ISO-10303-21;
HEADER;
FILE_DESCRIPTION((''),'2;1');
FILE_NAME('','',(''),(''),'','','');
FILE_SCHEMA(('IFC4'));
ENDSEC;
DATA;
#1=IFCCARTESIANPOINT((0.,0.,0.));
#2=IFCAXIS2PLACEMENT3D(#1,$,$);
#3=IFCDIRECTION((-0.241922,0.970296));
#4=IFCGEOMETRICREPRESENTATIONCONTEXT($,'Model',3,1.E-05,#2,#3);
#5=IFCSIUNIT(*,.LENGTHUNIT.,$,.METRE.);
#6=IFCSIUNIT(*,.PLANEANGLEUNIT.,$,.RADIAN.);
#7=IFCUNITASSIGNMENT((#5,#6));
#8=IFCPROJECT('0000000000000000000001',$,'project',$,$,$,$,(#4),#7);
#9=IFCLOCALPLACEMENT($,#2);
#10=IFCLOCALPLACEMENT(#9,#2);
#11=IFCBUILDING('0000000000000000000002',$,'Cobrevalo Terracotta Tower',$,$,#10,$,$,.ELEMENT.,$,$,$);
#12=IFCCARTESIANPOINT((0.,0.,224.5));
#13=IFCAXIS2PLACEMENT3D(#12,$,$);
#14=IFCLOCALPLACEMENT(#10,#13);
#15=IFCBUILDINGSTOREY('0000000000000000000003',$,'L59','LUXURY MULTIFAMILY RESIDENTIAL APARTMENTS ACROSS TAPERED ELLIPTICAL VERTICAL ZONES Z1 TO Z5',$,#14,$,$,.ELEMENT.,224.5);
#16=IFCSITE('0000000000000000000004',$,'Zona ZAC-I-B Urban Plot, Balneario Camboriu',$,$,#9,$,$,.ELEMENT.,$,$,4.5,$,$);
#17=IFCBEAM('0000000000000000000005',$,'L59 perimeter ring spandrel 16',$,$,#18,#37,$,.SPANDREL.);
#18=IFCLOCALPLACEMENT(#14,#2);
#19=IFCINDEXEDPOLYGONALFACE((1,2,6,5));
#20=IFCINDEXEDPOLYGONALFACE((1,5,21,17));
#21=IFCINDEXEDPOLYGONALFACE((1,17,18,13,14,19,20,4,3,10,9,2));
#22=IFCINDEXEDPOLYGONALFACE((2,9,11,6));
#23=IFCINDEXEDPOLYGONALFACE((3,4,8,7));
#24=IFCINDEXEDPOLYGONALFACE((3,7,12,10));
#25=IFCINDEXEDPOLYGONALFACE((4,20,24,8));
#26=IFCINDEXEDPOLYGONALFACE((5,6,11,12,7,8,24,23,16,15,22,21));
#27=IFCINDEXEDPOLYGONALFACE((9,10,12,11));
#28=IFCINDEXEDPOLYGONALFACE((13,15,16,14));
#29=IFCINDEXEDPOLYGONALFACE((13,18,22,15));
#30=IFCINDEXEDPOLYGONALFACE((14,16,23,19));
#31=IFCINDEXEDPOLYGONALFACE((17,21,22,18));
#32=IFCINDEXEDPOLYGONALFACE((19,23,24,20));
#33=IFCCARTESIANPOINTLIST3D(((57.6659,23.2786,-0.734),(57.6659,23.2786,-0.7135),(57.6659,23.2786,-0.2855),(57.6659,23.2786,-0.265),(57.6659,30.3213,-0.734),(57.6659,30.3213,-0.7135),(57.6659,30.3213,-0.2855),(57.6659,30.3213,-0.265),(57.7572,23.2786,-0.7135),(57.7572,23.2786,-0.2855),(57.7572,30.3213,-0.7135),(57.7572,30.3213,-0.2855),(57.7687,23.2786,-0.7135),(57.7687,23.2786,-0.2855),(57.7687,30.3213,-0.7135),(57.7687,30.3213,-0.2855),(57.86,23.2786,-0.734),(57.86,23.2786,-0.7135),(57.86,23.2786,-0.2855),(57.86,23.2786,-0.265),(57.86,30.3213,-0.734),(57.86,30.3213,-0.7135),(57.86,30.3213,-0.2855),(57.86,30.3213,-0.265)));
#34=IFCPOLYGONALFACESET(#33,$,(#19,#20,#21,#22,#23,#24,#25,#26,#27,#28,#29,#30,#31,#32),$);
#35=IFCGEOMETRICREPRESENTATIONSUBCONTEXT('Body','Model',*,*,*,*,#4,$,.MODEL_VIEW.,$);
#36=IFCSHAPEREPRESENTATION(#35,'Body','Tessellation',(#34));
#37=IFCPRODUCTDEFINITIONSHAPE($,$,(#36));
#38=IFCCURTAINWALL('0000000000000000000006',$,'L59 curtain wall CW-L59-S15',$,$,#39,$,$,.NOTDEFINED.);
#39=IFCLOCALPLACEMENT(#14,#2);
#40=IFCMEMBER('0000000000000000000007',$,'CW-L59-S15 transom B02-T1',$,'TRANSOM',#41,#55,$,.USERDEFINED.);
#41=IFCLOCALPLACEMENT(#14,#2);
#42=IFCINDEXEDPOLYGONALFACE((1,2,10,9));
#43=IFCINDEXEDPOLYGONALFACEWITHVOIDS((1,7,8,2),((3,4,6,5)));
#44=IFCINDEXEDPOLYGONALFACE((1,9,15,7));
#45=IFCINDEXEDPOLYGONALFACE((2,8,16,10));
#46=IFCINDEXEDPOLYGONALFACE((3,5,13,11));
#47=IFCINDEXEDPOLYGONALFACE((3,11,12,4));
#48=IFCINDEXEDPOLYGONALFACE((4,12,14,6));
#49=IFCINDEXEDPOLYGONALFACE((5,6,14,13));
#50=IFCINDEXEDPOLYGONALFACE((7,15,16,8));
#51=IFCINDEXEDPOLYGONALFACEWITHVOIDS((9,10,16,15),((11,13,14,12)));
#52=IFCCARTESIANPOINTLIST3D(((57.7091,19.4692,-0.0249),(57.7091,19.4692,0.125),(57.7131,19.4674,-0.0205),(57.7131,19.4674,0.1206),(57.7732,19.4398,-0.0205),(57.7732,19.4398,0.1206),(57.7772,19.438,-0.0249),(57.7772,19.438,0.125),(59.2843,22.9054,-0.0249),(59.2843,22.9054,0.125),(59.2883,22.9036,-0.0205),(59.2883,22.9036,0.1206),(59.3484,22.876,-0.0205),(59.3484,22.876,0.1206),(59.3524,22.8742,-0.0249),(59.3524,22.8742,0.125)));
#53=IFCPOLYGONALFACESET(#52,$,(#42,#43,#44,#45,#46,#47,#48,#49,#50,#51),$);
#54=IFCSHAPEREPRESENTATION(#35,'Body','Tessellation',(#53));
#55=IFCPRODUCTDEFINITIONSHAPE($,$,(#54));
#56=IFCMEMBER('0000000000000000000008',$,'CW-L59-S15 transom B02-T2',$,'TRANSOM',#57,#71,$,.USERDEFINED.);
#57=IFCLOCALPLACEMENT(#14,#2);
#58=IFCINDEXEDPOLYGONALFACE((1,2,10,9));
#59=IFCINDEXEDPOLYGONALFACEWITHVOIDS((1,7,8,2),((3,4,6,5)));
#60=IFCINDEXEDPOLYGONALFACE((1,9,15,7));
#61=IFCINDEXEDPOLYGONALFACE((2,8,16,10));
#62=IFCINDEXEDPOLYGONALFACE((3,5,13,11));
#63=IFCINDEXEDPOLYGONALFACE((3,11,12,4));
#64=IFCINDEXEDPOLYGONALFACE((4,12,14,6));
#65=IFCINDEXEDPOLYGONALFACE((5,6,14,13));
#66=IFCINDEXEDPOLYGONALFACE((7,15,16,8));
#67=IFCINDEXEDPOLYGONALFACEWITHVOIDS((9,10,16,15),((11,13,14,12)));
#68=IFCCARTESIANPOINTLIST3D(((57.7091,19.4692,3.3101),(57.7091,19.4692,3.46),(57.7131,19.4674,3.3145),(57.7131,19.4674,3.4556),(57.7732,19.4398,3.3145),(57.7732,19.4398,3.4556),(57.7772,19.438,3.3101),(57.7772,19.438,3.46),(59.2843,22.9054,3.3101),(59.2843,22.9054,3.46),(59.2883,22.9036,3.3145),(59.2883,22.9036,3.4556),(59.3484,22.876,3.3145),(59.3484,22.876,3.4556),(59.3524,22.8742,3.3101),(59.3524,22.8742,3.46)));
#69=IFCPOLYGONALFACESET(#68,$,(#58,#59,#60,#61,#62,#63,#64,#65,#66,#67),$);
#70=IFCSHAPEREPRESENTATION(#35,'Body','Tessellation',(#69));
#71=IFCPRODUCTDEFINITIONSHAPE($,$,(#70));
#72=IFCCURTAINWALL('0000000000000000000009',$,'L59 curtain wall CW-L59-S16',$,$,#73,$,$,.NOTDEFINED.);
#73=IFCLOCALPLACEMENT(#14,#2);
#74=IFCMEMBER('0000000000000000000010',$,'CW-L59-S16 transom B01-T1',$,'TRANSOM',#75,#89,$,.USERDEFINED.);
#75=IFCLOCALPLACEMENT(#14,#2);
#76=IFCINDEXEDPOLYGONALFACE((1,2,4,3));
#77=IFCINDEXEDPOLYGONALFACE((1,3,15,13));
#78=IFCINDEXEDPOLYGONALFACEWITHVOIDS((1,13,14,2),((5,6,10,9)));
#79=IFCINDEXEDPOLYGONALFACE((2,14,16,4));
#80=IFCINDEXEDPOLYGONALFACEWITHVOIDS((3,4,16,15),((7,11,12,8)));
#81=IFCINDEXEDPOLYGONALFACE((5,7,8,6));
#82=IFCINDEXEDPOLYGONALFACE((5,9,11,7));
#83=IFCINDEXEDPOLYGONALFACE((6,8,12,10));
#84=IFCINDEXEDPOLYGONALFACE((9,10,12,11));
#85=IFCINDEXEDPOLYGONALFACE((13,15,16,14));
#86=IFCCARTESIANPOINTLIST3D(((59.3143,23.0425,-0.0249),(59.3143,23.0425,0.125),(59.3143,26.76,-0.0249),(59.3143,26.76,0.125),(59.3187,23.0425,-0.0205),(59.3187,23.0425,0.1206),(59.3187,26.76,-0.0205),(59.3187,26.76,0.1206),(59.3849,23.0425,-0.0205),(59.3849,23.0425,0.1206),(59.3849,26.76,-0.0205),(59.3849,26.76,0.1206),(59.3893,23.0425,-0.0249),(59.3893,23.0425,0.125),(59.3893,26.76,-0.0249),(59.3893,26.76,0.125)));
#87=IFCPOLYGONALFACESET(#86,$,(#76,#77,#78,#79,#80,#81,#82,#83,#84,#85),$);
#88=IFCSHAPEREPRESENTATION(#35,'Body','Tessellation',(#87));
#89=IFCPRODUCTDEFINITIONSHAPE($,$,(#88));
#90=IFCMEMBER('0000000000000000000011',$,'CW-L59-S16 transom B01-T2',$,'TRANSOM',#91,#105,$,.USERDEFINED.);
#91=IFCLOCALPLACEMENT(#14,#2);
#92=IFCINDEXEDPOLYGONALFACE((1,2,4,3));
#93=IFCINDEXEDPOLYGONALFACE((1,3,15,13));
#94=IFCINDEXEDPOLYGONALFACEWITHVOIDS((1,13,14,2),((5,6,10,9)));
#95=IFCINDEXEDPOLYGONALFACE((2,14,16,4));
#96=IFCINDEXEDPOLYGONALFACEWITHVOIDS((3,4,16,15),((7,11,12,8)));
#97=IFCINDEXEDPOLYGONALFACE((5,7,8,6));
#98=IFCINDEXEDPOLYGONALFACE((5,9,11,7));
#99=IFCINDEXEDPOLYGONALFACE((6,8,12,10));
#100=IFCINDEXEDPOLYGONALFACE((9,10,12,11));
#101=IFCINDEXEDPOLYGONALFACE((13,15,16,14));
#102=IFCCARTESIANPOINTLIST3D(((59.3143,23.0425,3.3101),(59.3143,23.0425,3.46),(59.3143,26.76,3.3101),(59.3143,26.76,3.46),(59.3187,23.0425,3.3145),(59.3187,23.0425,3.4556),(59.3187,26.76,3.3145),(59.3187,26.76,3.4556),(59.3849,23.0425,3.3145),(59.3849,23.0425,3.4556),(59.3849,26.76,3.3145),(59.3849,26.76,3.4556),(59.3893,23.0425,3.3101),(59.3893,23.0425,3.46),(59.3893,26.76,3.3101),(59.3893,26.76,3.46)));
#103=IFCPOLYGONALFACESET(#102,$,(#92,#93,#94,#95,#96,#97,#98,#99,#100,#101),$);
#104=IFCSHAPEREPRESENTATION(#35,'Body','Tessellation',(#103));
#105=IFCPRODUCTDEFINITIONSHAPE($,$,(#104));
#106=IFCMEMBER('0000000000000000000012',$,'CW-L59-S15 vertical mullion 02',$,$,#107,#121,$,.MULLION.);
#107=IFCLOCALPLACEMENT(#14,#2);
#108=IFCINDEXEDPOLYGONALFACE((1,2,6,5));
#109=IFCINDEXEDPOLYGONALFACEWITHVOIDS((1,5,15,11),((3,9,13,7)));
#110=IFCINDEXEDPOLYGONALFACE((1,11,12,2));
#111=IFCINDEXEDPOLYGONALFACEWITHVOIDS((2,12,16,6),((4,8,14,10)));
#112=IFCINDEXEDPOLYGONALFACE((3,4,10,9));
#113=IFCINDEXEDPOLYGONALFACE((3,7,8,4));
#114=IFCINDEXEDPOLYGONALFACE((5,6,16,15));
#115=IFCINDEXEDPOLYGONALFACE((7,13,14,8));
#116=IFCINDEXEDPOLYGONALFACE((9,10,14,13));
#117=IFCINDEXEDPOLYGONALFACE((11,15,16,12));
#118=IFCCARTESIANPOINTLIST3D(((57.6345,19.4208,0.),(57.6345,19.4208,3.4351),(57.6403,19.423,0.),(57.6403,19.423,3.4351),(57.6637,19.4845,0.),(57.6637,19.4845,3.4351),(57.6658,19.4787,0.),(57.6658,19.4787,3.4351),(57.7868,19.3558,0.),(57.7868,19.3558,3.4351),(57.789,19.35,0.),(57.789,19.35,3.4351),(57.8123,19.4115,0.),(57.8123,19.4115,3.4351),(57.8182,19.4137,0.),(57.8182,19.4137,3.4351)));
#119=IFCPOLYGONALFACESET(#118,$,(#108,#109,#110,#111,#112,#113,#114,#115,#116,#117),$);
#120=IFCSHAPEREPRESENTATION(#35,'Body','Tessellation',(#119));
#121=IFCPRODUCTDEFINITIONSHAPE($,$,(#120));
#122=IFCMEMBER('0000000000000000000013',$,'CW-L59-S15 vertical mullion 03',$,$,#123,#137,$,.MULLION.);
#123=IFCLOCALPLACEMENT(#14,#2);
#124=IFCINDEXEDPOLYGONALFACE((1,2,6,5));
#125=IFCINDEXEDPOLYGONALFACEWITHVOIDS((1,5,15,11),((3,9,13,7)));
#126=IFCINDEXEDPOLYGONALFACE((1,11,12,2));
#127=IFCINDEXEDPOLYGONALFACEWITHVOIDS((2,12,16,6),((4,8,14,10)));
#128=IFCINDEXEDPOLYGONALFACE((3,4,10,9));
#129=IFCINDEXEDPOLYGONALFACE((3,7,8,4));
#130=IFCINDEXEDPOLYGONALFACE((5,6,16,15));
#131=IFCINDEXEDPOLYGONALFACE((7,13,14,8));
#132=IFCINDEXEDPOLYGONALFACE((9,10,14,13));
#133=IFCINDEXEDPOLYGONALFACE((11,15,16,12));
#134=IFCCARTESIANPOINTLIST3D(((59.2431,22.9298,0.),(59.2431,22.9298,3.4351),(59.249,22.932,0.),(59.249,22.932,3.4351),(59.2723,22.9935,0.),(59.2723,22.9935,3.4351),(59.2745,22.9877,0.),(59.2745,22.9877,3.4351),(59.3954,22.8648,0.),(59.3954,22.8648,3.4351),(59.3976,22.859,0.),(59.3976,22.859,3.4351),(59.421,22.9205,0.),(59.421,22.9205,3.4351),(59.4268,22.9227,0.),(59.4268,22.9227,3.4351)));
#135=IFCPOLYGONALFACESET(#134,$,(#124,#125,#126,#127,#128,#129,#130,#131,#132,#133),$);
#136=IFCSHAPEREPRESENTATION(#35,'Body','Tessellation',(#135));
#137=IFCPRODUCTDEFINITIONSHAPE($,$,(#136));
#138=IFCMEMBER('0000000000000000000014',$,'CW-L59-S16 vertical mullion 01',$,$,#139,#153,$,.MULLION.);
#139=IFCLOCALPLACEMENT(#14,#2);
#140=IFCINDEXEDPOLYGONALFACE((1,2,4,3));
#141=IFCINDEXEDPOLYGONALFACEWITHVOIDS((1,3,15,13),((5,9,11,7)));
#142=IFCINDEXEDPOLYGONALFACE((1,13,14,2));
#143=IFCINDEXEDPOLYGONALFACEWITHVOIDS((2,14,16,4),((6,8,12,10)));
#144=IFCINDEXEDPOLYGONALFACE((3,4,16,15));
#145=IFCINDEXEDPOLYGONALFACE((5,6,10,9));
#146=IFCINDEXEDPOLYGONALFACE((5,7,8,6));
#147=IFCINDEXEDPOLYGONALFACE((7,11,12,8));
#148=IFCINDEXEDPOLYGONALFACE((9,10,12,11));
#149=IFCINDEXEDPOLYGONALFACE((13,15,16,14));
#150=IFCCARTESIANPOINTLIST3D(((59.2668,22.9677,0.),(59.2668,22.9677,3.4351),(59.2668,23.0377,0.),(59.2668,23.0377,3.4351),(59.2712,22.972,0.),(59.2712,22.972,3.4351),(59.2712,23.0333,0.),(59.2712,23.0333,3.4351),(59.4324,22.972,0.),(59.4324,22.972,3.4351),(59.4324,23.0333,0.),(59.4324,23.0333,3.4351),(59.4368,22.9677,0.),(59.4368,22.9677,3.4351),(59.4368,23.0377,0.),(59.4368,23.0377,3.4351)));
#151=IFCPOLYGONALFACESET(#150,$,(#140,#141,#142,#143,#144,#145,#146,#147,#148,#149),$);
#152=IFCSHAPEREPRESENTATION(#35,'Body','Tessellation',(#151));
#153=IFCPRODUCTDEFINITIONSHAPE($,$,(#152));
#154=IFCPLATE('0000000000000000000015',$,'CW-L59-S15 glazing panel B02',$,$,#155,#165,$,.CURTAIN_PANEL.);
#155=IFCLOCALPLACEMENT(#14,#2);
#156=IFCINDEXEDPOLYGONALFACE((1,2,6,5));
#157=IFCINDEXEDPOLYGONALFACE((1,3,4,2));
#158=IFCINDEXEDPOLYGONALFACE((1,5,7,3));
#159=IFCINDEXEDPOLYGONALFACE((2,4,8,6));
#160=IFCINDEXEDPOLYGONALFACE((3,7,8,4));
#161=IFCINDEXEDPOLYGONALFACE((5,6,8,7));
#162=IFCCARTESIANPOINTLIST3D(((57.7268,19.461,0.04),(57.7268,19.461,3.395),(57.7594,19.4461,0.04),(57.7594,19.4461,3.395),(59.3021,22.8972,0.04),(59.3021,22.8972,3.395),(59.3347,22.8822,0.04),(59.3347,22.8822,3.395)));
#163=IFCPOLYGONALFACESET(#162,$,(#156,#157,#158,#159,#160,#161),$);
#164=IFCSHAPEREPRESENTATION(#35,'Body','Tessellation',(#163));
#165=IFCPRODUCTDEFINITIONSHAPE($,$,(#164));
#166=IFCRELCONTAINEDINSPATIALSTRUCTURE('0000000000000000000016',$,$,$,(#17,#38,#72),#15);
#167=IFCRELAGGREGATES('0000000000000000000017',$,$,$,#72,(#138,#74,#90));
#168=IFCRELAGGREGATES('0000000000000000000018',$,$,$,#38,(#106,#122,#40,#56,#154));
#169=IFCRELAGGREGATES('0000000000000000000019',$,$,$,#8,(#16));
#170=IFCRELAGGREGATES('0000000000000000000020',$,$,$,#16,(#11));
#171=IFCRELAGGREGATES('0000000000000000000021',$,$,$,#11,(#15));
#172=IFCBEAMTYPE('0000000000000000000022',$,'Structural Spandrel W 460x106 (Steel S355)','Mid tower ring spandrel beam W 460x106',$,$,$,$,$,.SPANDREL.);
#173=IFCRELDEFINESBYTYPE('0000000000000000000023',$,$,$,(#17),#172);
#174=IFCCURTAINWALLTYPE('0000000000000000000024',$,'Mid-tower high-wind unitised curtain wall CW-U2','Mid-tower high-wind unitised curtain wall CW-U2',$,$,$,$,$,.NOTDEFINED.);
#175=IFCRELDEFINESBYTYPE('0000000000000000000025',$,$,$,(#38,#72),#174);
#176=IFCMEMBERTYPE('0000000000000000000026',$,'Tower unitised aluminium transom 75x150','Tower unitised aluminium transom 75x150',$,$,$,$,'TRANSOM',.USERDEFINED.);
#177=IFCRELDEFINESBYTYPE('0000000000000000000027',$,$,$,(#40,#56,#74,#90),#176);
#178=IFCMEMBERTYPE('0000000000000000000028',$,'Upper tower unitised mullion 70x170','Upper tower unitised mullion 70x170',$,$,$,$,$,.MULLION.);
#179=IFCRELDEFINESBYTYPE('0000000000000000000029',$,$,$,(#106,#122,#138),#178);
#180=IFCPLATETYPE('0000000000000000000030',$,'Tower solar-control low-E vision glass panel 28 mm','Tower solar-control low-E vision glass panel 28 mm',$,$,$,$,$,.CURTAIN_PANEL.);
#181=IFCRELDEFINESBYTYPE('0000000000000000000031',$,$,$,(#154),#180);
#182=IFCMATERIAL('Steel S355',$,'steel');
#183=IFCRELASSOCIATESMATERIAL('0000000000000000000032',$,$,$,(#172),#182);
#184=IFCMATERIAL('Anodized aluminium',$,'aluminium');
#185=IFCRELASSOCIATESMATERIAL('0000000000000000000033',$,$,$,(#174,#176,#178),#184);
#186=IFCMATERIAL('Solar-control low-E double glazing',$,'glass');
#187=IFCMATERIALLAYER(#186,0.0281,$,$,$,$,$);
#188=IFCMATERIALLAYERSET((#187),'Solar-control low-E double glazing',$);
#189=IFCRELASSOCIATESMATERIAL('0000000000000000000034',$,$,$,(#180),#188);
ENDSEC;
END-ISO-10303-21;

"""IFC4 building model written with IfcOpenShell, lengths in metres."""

from ifc_helpers import new_model, si_unit, direction, frame, origin, origin_2d, place, context, subcontext, project, spatial, rectangle, hollow_rectangle, i_section, extrude, source, transform, mapped, material, layer, layer_set, material_profile, profile_set, type_object, element, aggregate, save


model = new_model("IFC4")

# Units and contexts
model_context = context("Model", 3, precision=1e-05, world=origin(), true_north=direction((-0.241922, 0.970296)))
body_context = subcontext(model_context, "Body", "Model", "MODEL_VIEW")
ifc_project = project(units=[si_unit("LENGTHUNIT", "METRE"), si_unit("PLANEANGLEUNIT", "RADIAN")], contexts=[model_context])

# Site, building, storey
site_placement = place(None, origin())
site = spatial("IfcSite", under=ifc_project, at=site_placement, Name="Zona ZAC-I-B Urban Plot, Balneario Camboriu", CompositionType="ELEMENT", RefElevation=4.5)
building_placement = place(site_placement, origin())
building = spatial("IfcBuilding", under=site, at=building_placement, Name="Cobrevalo Terracotta Tower", CompositionType="ELEMENT")
storey_placement = place(building_placement, frame((0.0, 0.0, 224.5)))
storey = spatial("IfcBuildingStorey", under=building, at=storey_placement, Name="L59", Description="LUXURY MULTIFAMILY RESIDENTIAL APARTMENTS ACROSS TAPERED ELLIPTICAL VERTICAL ZONES Z1 TO Z5", CompositionType="ELEMENT", Elevation=224.5)

# Shared definitions
ifc_material_1 = material(Name="Steel S355", Category="steel")

# Beam
ifc_material_profile_1 = material_profile(ifc_material_1, i_section(OverallWidth=0.1941, OverallDepth=0.469, WebThickness=0.0115, FlangeThickness=0.0205, at=origin_2d()), Name="W 460x106")
ifc_profile_set_1 = profile_set([ifc_material_profile_1], Name="Steel S355")
beam_type_1 = type_object("IfcBeamType", Name="Structural Spandrel W 460x106 (Steel S355)", Description="Mid tower ring spandrel beam W 460x106", PredefinedType="SPANDREL", material=ifc_profile_set_1)
beam_1_placement = place(storey_placement, frame((57.7629, 23.2786, -0.4995), z_axis=(0.0, 1.0, 0.0), x_axis=(-1.0, 0.0, 0.0)))
element("IfcBeam", 1, at=beam_1_placement, inside=storey, type_object=beam_type_1, Name="L59 perimeter ring spandrel 16", PredefinedType="SPANDREL", context=body_context, shape_type="SweptSolid", body=[
    extrude(i_section(OverallWidth=0.1941, OverallDepth=0.469, WebThickness=0.0115, FlangeThickness=0.0205, at=origin_2d()), origin(), (0.0, 0.0, 1.0), 7.0427),
])

# Curtain walls, members
ifc_material_2 = material(Name="Anodized aluminium", Category="aluminium")
curtain_wall_type = type_object("IfcCurtainWallType", Name="Mid-tower high-wind unitised curtain wall CW-U2", Description="Mid-tower high-wind unitised curtain wall CW-U2", PredefinedType="NOTDEFINED", material=ifc_material_2)
curtain_wall_1_placement = place(storey_placement, origin())
curtain_wall_1 = element("IfcCurtainWall", 2, at=curtain_wall_1_placement, inside=storey, type_object=curtain_wall_type, Name="L59 curtain wall CW-L59-S15", PredefinedType="NOTDEFINED")
ifc_material_profile_2 = material_profile(ifc_material_2, hollow_rectangle(XDim=0.075, YDim=0.1499, WallThickness=0.0044, at=origin_2d()), Name="CWT 75x150")
ifc_profile_set_2 = profile_set([ifc_material_profile_2], Name="Anodized aluminium")
member_type_1 = type_object("IfcMemberType", Name="Tower unitised aluminium transom 75x150", Description="Tower unitised aluminium transom 75x150", ElementType="TRANSOM", PredefinedType="USERDEFINED", material=ifc_profile_set_2)
shared_shape_1 = source(origin(), body_context, "Body", "SweptSolid", [
    extrude(hollow_rectangle(XDim=0.075, YDim=0.1499, WallThickness=0.0044, at=origin_2d()), origin(), (0.0, 0.0, 1.0), 3.78),
])
member_1_placement = place(storey_placement, frame((57.7432, 19.4536, 0.05), z_axis=(0.416706, 0.909041, 0.0), x_axis=(-0.909041, 0.416706, 0.0)))
member_1 = element("IfcMember", 3, at=member_1_placement, type_object=member_type_1, Name="CW-L59-S15 transom B02-T1", ObjectType="TRANSOM", PredefinedType="USERDEFINED", context=body_context, shape_type="MappedRepresentation", body=[
    mapped(shared_shape_1, transform((0.0, 0.0, 0.0), scale=1.0)),
])
member_2_placement = place(storey_placement, frame((57.7432, 19.4536, 3.385), z_axis=(0.416706, 0.909041, 0.0), x_axis=(-0.909041, 0.416706, 0.0)))
member_2 = element("IfcMember", 4, at=member_2_placement, type_object=member_type_1, Name="CW-L59-S15 transom B02-T2", ObjectType="TRANSOM", PredefinedType="USERDEFINED", context=body_context, shape_type="MappedRepresentation", body=[
    mapped(shared_shape_1, transform((0.0, 0.0, 0.0), scale=1.0)),
])
curtain_wall_2_placement = place(storey_placement, origin())
curtain_wall_2 = element("IfcCurtainWall", 5, at=curtain_wall_2_placement, inside=storey, type_object=curtain_wall_type, Name="L59 curtain wall CW-L59-S16", PredefinedType="NOTDEFINED")
shared_shape_2 = source(origin(), body_context, "Body", "SweptSolid", [
    extrude(hollow_rectangle(XDim=0.075, YDim=0.1499, WallThickness=0.0044, at=origin_2d()), origin(), (0.0, 0.0, 1.0), 3.7175),
])
member_3_placement = place(storey_placement, frame((59.3518, 23.0425, 0.05), z_axis=(0.0, 1.0, 0.0), x_axis=(-1.0, 0.0, 0.0)))
member_3 = element("IfcMember", 6, at=member_3_placement, type_object=member_type_1, Name="CW-L59-S16 transom B01-T1", ObjectType="TRANSOM", PredefinedType="USERDEFINED", context=body_context, shape_type="MappedRepresentation", body=[
    mapped(shared_shape_2, transform((0.0, 0.0, 0.0), scale=1.0)),
])
member_4_placement = place(storey_placement, frame((59.3518, 23.0425, 3.385), z_axis=(0.0, 1.0, 0.0), x_axis=(-1.0, 0.0, 0.0)))
member_4 = element("IfcMember", 7, at=member_4_placement, type_object=member_type_1, Name="CW-L59-S16 transom B01-T2", ObjectType="TRANSOM", PredefinedType="USERDEFINED", context=body_context, shape_type="MappedRepresentation", body=[
    mapped(shared_shape_2, transform((0.0, 0.0, 0.0), scale=1.0)),
])

# Members
ifc_material_profile_3 = material_profile(ifc_material_2, hollow_rectangle(XDim=0.0701, YDim=0.1699, WallThickness=0.0044, at=origin_2d()), Name="CWM 70x170")
ifc_profile_set_3 = profile_set([ifc_material_profile_3], Name="Anodized aluminium")
member_type_2 = type_object("IfcMemberType", Name="Upper tower unitised mullion 70x170", Description="Upper tower unitised mullion 70x170", PredefinedType="MULLION", material=ifc_profile_set_3)
shared_shape_3 = source(origin(), body_context, "Body", "SweptSolid", [
    extrude(hollow_rectangle(XDim=0.0701, YDim=0.1699, WallThickness=0.0044, at=origin_2d()), origin(), (0.0, 0.0, 1.0), 3.4351),
])
member_5_placement = place(storey_placement, frame((57.7263, 19.4172, 0.0), z_axis=(0.0, 0.0, 1.0), x_axis=(0.416725, 0.909033, 0.0)))
member_5 = element("IfcMember", 8, at=member_5_placement, type_object=member_type_2, Name="CW-L59-S15 vertical mullion 02", PredefinedType="MULLION", context=body_context, shape_type="MappedRepresentation", body=[
    mapped(shared_shape_3, transform((0.0, 0.0, 0.0), scale=1.0)),
])
member_6_placement = place(storey_placement, frame((59.335, 22.9263, 0.0), z_axis=(0.0, 0.0, 1.0), x_axis=(0.416725, 0.909033, 0.0)))
member_6 = element("IfcMember", 9, at=member_6_placement, type_object=member_type_2, Name="CW-L59-S15 vertical mullion 03", PredefinedType="MULLION", context=body_context, shape_type="MappedRepresentation", body=[
    mapped(shared_shape_3, transform((0.0, 0.0, 0.0), scale=1.0)),
])
member_7_placement = place(storey_placement, frame((59.3518, 23.0027, 0.0), z_axis=(0.0, 0.0, 1.0), x_axis=(0.0, 1.0, 0.0)))
member_7 = element("IfcMember", 10, at=member_7_placement, type_object=member_type_2, Name="CW-L59-S16 vertical mullion 01", PredefinedType="MULLION", context=body_context, shape_type="MappedRepresentation", body=[
    mapped(shared_shape_3, transform((0.0, 0.0, 0.0), scale=1.0)),
])
aggregate(curtain_wall_2, [member_7, member_3, member_4])

# Plate
ifc_material_3 = material(Name="Solar-control low-E double glazing", Category="glass")
ifc_layer_1 = layer(ifc_material_3, 0.0281)
ifc_layer_set_1 = layer_set([ifc_layer_1], Name="Solar-control low-E double glazing")
plate_type = type_object("IfcPlateType", Name="Tower solar-control low-E vision glass panel 28 mm", Description="Tower solar-control low-E vision glass panel 28 mm", PredefinedType="CURTAIN_PANEL", material=ifc_layer_set_1)
shared_shape_4 = source(origin(), body_context, "Body", "SweptSolid", [
    extrude(rectangle(XDim=3.78, YDim=0.0359, at=origin_2d()), origin(), (0.0, 0.0, 1.0), 3.355),
])
plate_placement = place(storey_placement, frame((58.5308, 21.1716, 0.04), z_axis=(0.0, 0.0, 1.0), x_axis=(0.416731, 0.90903, 0.0)))
plate = element("IfcPlate", 11, at=plate_placement, type_object=plate_type, Name="CW-L59-S15 glazing panel B02", PredefinedType="CURTAIN_PANEL", context=body_context, shape_type="MappedRepresentation", body=[
    mapped(shared_shape_4, transform((0.0, 0.0, 0.0), scale=1.0)),
])
aggregate(curtain_wall_1, [member_5, member_6, member_1, member_2, plate])

save(model, "model.ifc")
